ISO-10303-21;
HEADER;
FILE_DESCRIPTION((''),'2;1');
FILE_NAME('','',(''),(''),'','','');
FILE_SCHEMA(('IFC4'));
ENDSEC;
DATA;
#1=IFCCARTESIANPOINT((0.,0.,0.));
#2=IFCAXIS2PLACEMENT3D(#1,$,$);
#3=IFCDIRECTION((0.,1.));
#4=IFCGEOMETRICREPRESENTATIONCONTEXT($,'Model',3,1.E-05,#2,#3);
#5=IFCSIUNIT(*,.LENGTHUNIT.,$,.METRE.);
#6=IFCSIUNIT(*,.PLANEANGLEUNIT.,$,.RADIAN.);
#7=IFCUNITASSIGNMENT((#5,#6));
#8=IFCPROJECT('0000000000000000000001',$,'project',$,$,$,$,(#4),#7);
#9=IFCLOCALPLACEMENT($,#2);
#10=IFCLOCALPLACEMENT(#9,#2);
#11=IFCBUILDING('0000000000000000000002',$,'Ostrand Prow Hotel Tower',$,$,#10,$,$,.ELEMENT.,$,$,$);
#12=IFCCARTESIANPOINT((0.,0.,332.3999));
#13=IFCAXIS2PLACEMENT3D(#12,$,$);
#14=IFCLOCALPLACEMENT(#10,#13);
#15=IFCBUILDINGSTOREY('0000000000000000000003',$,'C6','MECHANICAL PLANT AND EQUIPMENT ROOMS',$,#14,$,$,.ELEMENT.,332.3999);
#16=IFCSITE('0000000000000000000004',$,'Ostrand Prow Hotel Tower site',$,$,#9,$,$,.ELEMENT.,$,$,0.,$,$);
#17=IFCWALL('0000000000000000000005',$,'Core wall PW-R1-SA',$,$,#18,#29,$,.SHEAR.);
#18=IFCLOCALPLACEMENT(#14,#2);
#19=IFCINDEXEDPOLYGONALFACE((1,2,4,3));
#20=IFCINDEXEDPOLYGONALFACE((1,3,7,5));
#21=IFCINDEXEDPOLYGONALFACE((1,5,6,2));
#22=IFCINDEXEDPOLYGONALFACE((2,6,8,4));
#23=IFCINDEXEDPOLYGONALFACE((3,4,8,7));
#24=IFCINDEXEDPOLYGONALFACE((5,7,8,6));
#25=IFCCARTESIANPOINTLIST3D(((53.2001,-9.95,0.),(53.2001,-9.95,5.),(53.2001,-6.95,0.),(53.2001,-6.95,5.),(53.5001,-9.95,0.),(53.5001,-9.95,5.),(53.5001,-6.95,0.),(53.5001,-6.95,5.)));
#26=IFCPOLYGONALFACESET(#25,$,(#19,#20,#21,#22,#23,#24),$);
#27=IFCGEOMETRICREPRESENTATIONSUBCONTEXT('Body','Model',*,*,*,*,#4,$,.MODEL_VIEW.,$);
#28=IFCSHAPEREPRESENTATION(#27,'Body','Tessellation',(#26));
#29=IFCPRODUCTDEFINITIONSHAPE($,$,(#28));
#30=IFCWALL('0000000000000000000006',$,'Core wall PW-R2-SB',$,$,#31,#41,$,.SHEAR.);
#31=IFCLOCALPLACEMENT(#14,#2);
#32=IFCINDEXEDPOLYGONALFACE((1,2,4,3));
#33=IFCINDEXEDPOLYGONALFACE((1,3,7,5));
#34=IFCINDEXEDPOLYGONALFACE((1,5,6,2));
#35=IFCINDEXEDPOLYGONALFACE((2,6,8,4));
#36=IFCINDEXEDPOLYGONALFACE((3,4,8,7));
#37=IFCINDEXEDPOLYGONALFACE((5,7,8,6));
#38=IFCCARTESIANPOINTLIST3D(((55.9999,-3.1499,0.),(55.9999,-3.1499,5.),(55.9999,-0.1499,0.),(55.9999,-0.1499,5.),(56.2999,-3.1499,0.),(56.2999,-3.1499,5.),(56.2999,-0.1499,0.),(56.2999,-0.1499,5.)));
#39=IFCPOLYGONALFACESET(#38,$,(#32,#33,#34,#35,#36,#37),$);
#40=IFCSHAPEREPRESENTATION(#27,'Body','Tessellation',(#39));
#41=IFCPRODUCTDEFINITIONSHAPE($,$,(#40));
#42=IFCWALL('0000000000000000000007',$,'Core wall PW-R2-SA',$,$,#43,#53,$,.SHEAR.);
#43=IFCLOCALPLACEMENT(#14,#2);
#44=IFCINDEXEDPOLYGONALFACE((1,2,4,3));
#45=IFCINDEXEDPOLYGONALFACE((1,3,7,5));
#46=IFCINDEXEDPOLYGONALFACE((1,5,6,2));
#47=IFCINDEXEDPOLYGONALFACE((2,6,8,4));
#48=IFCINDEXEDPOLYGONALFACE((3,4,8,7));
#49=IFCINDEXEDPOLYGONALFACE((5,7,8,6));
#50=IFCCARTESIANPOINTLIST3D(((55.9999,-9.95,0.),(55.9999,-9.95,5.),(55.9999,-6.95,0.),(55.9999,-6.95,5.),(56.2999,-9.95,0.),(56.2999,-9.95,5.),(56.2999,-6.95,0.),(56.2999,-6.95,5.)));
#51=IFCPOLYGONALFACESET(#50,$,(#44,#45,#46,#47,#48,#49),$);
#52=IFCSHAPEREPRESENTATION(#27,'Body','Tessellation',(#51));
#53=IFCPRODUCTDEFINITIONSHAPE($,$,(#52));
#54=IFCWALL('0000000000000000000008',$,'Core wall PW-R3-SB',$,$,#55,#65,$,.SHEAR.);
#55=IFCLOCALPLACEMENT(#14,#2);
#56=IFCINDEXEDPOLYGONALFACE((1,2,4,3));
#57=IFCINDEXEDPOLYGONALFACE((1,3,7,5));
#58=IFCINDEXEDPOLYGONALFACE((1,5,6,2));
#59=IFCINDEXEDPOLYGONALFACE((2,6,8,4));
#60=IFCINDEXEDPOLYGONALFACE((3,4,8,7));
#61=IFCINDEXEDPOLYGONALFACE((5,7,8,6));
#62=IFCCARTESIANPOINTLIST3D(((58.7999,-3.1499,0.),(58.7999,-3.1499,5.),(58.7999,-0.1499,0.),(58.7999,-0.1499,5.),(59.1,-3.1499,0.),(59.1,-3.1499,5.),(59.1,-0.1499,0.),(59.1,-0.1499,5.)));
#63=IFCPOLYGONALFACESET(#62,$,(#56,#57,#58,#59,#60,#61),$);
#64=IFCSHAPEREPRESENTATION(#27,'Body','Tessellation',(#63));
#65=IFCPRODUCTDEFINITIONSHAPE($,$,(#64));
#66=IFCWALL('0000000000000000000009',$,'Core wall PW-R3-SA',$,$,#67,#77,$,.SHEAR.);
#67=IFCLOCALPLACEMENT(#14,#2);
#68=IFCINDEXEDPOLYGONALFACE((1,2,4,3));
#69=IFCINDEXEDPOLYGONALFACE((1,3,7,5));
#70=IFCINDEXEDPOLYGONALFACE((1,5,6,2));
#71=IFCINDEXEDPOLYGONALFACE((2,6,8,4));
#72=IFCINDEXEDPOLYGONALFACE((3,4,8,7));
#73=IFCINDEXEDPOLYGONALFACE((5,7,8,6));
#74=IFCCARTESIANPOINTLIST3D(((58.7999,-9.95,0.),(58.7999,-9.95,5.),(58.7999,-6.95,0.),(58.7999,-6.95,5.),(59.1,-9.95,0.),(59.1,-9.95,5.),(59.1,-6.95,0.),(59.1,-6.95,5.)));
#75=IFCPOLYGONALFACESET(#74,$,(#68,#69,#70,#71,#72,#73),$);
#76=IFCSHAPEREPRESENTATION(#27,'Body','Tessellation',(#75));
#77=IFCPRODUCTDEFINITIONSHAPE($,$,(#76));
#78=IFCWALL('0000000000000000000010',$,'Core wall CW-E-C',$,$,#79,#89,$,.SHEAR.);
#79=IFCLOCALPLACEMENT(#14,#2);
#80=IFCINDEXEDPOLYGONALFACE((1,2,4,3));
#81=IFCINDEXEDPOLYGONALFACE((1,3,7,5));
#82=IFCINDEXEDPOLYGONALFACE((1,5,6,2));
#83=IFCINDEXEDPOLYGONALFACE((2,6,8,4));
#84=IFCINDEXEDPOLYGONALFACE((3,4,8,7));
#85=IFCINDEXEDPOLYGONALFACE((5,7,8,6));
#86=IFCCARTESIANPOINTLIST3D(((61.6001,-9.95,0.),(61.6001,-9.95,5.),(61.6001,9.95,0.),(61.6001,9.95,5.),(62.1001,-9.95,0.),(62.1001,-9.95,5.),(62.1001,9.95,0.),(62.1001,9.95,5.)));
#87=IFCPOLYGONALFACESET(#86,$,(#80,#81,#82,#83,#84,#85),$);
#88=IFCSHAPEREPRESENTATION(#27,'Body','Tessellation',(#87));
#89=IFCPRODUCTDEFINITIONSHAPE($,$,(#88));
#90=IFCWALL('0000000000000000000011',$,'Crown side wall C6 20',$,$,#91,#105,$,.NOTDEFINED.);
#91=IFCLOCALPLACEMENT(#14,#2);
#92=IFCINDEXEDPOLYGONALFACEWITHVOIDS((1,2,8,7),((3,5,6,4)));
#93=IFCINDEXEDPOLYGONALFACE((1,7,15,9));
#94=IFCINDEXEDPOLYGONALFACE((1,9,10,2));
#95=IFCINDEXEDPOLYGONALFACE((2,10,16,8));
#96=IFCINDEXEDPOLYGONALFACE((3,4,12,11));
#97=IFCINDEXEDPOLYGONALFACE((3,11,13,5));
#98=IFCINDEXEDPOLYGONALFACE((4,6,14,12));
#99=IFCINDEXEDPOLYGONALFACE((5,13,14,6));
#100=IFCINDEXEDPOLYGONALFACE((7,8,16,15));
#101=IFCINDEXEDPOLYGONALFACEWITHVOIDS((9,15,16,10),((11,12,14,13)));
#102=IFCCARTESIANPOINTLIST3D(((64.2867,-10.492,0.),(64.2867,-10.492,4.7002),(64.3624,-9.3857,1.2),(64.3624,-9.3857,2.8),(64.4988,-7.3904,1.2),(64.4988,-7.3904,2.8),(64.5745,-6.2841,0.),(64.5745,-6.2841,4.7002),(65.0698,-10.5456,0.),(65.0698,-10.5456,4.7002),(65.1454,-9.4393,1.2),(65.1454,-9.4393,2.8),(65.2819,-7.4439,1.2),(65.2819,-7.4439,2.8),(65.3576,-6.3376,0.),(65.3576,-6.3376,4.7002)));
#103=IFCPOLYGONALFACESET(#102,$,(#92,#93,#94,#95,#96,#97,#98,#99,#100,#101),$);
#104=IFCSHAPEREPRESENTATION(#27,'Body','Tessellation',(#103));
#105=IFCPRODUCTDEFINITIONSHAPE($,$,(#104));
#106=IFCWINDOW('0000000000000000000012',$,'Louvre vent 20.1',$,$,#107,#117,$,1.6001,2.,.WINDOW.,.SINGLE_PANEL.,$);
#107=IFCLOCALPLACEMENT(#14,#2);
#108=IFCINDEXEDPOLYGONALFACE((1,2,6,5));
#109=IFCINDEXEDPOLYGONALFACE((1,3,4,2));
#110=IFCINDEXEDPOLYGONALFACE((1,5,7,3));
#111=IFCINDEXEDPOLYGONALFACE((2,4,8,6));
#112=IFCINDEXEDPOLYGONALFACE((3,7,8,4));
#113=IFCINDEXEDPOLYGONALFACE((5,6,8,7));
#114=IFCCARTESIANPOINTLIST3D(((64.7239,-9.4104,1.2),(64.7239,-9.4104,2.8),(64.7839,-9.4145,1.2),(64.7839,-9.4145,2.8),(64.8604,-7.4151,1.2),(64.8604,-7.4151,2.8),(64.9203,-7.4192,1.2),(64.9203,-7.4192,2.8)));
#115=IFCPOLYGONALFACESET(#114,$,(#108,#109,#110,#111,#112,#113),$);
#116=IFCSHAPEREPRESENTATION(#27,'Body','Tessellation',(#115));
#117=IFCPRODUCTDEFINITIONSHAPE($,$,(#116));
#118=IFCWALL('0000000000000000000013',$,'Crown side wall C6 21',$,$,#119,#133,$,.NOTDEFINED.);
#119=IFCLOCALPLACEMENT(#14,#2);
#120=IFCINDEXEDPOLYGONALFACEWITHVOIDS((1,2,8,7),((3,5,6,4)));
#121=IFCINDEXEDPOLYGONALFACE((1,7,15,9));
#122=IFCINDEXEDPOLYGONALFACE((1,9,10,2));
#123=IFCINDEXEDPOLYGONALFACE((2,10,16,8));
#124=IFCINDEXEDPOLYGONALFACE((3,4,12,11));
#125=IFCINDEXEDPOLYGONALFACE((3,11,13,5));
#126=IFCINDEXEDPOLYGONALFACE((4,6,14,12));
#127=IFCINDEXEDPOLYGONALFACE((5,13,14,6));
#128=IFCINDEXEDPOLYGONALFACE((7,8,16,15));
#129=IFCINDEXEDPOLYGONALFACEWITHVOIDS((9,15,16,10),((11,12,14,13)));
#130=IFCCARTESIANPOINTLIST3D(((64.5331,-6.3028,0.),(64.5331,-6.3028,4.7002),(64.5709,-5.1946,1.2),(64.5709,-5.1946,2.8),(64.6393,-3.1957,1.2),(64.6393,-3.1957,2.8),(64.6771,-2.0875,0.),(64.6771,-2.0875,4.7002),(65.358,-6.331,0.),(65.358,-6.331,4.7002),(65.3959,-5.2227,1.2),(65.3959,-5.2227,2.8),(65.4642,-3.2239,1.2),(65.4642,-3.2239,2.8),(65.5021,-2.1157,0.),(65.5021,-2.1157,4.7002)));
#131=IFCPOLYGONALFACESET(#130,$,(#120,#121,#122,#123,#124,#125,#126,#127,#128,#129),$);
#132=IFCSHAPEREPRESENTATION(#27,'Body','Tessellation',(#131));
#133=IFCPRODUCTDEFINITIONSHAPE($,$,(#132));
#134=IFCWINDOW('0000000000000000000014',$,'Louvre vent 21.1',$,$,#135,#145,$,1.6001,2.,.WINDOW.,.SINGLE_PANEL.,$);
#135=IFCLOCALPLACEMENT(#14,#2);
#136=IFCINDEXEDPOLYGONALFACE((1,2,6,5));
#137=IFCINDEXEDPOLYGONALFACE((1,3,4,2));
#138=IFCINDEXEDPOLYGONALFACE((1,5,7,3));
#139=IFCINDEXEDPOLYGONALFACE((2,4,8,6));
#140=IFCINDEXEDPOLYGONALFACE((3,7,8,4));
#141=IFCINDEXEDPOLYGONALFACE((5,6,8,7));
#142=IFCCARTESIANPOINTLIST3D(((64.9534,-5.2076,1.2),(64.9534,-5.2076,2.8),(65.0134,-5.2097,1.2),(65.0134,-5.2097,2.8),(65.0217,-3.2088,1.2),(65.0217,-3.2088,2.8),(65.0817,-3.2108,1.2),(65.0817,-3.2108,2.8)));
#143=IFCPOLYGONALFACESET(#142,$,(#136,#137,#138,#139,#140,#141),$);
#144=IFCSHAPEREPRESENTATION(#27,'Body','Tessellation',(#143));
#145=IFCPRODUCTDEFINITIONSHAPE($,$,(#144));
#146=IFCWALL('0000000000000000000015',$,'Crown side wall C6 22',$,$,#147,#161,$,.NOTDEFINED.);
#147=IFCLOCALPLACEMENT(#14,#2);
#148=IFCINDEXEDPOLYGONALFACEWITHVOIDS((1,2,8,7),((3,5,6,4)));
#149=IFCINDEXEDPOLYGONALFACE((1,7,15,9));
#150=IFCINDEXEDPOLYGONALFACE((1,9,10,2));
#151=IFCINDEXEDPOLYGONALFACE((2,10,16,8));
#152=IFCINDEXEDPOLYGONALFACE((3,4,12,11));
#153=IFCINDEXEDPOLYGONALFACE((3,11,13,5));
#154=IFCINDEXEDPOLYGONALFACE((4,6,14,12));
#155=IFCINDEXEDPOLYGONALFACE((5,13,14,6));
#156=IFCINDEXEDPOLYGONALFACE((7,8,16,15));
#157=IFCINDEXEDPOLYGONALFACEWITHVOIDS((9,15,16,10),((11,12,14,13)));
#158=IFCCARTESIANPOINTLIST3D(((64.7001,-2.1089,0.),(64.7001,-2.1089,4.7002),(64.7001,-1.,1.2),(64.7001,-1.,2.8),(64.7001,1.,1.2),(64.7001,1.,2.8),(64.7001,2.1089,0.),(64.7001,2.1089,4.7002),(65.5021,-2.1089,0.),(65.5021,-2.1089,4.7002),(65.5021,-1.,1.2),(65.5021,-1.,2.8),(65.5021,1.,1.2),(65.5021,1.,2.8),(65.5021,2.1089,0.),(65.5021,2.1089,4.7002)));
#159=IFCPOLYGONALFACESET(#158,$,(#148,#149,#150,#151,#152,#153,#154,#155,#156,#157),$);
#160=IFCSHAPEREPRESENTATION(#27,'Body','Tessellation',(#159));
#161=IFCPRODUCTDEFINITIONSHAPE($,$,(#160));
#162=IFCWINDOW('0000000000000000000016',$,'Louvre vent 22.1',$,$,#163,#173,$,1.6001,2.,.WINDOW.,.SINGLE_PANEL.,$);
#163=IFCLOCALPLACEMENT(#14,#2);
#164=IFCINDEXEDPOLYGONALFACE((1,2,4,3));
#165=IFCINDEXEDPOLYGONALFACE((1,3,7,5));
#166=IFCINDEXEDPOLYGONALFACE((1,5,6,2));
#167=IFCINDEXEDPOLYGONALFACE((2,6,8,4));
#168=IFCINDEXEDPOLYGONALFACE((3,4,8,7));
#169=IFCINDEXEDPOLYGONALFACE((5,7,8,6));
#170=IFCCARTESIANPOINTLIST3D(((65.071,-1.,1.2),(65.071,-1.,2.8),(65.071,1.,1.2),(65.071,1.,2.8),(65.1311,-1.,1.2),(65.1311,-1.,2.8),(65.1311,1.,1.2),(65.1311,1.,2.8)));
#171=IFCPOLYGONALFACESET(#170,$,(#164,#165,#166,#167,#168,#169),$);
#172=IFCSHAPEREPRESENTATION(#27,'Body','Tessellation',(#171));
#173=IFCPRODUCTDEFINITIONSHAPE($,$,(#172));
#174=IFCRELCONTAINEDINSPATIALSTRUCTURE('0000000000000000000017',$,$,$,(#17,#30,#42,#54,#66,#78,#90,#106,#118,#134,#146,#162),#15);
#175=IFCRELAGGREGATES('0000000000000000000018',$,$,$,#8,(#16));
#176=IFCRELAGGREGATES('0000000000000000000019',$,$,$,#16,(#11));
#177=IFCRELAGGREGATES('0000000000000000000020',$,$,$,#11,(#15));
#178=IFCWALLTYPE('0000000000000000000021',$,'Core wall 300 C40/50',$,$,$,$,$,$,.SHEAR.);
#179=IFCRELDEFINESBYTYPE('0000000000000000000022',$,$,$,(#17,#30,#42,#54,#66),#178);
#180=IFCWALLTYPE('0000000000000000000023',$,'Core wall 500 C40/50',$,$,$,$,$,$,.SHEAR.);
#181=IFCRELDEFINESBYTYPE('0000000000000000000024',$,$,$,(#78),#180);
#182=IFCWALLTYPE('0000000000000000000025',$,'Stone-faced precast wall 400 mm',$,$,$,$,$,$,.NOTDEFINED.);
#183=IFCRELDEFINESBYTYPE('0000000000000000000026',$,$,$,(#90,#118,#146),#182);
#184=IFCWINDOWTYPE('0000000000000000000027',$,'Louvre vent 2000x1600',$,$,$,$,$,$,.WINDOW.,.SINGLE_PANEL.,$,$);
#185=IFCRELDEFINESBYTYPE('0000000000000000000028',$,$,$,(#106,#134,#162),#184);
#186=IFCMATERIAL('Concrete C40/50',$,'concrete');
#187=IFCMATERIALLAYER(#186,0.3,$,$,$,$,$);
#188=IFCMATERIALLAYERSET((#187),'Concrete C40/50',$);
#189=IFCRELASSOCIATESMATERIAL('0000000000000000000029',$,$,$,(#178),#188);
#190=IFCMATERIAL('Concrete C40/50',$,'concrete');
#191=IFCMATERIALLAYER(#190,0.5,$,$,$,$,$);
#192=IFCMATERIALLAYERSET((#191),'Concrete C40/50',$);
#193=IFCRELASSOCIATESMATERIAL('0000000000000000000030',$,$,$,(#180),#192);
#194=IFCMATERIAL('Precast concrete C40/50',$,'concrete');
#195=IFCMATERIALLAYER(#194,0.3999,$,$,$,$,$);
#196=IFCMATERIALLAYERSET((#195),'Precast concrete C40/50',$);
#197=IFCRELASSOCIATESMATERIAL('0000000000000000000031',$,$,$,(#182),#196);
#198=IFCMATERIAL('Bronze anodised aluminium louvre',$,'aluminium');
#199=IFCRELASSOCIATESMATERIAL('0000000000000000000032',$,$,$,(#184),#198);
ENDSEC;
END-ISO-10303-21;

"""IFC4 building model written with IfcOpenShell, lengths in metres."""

from ifc_helpers import new_model, si_unit, direction, frame, frame_2d, origin, place, context, subcontext, project, spatial, rectangle, extrude, material, layer, layer_set, type_object, element, fill, save


model = new_model("IFC4")

# Units and contexts
model_context = context("Model", 3, precision=1e-05, world=origin(), true_north=direction((0.0, 1.0)))
body_context = subcontext(model_context, "Body", "Model", "MODEL_VIEW")
ifc_project = project(units=[si_unit("LENGTHUNIT", "METRE"), si_unit("PLANEANGLEUNIT", "RADIAN")], contexts=[model_context])

# Site, building, storey
site_placement = place(None, origin())
site = spatial("IfcSite", under=ifc_project, at=site_placement, Name="Ostrand Prow Hotel Tower site", CompositionType="ELEMENT", RefElevation=0.0)
building_placement = place(site_placement, origin())
building = spatial("IfcBuilding", under=site, at=building_placement, Name="Ostrand Prow Hotel Tower", CompositionType="ELEMENT")
storey_placement = place(building_placement, frame((0.0, 0.0, 332.3999)))
storey = spatial("IfcBuildingStorey", under=building, at=storey_placement, Name="C6", Description="MECHANICAL PLANT AND EQUIPMENT ROOMS", CompositionType="ELEMENT", Elevation=332.3999)

# Shared definitions
ifc_material_1 = material(Name="Concrete C40/50", Category="concrete")
ifc_layer_1 = layer(ifc_material_1, 0.3)
ifc_layer_set_1 = layer_set([ifc_layer_1], Name="Concrete C40/50")
wall_type_1 = type_object("IfcWallType", Name="Core wall 300 C40/50", PredefinedType="SHEAR", material=ifc_layer_set_1)

# Walls
for number, where, z_axis, x_axis, name in (
    (1, (53.3501, -9.95, 0.0), (0.0, 0.0, 1.0), (0.0, 1.0, 0.0), "Core wall PW-R1-SA"),
    (2, (56.1499, -3.1499, 0.0), (0.0, 0.0, 1.0), (0.0, 1.0, 0.0), "Core wall PW-R2-SB"),
    (3, (56.1499, -9.95, 0.0), (0.0, 0.0, 1.0), (0.0, 1.0, 0.0), "Core wall PW-R2-SA"),
    (4, (58.95, -3.1499, 0.0), (0.0, 0.0, 1.0), (0.0, 1.0, 0.0), "Core wall PW-R3-SB"),
    (5, (58.95, -9.95, 0.0), (0.0, 0.0, 1.0), (0.0, 1.0, 0.0), "Core wall PW-R3-SA"),
):
    element("IfcWall", number, at=place(storey_placement, frame(where, z_axis=z_axis, x_axis=x_axis)), inside=storey, type_object=wall_type_1, Name=name, PredefinedType="SHEAR", context=body_context, shape_type="SweptSolid", body=[
        extrude(rectangle(XDim=3.0, YDim=0.3, at=frame_2d((1.5, 0.0))), origin(), (0.0, 0.0, 1.0), 5.0),
    ])
ifc_material_2 = material(Name="Concrete C40/50", Category="concrete")
ifc_layer_2 = layer(ifc_material_2, 0.5)
ifc_layer_set_2 = layer_set([ifc_layer_2], Name="Concrete C40/50")
wall_type_2 = type_object("IfcWallType", Name="Core wall 500 C40/50", PredefinedType="SHEAR", material=ifc_layer_set_2)
wall_1_placement = place(storey_placement, frame((61.8501, -9.95, 0.0), z_axis=(0.0, 0.0, 1.0), x_axis=(0.0, 1.0, 0.0)))
element("IfcWall", 6, at=wall_1_placement, inside=storey, type_object=wall_type_2, Name="Core wall CW-E-C", PredefinedType="SHEAR", context=body_context, shape_type="SweptSolid", body=[
    extrude(rectangle(XDim=19.8999, YDim=0.5, at=frame_2d((9.95, 0.0))), origin(), (0.0, 0.0, 1.0), 5.0),
])

# Walls, openings, windows
ifc_material_3 = material(Name="Precast concrete C40/50", Category="concrete")
ifc_layer_3 = layer(ifc_material_3, 0.3999)
ifc_layer_set_3 = layer_set([ifc_layer_3], Name="Precast concrete C40/50")
wall_type_3 = type_object("IfcWallType", Name="Stone-faced precast wall 400 mm", PredefinedType="NOTDEFINED", material=ifc_layer_set_3)
wall_2_placement = place(storey_placement, frame((64.6782, -10.5188, 0.0), z_axis=(0.0, 0.0, 1.0), x_axis=(0.068244, 0.997669, 0.0)))
wall_2 = element("IfcWall", 7, at=wall_2_placement, inside=storey, type_object=wall_type_3, Name="Crown side wall C6 20", PredefinedType="NOTDEFINED", context=body_context, shape_type="SweptSolid", body=[
    extrude(rectangle(XDim=4.2178, YDim=0.7849, at=frame_2d((2.1089, 0.0))), origin(), (0.0, 0.0, 1.0), 4.7002),
])
opening_1_placement = place(wall_2_placement, frame((1.1089, 0.0, 1.2)))
opening_1 = element("IfcOpeningElement", 8, at=opening_1_placement, cuts=wall_2, PredefinedType="OPENING", context=body_context, shape_type="SweptSolid", body=[
    extrude(rectangle(XDim=2.0, YDim=1.6001, at=frame_2d((1.0, 0.8))), frame((0.0, 0.4023, 0.0), z_axis=(0.0, -1.0, 0.0), x_axis=(1.0, 0.0, 0.0)), (0.0, 0.0, 1.0), 0.8049),
])
ifc_material_4 = material(Name="Bronze anodised aluminium louvre", Category="aluminium")
window_type = type_object("IfcWindowType", Name="Louvre vent 2000x1600", PartitioningType="SINGLE_PANEL", PredefinedType="WINDOW", material=ifc_material_4)
window_1_placement = place(opening_1_placement, origin())
window_1 = element("IfcWindow", 9, at=window_1_placement, inside=storey, type_object=window_type, Name="Louvre vent 20.1", OverallHeight=1.6001, OverallWidth=2.0, PartitioningType="SINGLE_PANEL", PredefinedType="WINDOW", context=body_context, shape_type="SweptSolid", body=[
    extrude(rectangle(XDim=2.0, YDim=1.6001, at=frame_2d((1.0, 0.8))), frame((0.0, 0.03, 0.0), z_axis=(0.0, -1.0, 0.0), x_axis=(1.0, 0.0, 0.0)), (0.0, 0.0, 1.0), 0.0601),
])
fill(opening_1, window_1)
wall_3_placement = place(storey_placement, frame((64.9456, -6.3169, 0.0), z_axis=(0.0, 0.0, 1.0), x_axis=(0.034151, 0.999417, 0.0)))
wall_3 = element("IfcWall", 10, at=wall_3_placement, inside=storey, type_object=wall_type_3, Name="Crown side wall C6 21", PredefinedType="NOTDEFINED", context=body_context, shape_type="SweptSolid", body=[
    extrude(rectangle(XDim=4.2178, YDim=0.8254, at=frame_2d((2.1089, 0.0))), origin(), (0.0, 0.0, 1.0), 4.7002),
])
opening_2_placement = place(wall_3_placement, frame((1.1089, 0.0, 1.2)))
opening_2 = element("IfcOpeningElement", 11, at=opening_2_placement, cuts=wall_3, PredefinedType="OPENING", context=body_context, shape_type="SweptSolid", body=[
    extrude(rectangle(XDim=2.0, YDim=1.6001, at=frame_2d((1.0, 0.8))), frame((0.0, 0.4226, 0.0), z_axis=(0.0, -1.0, 0.0), x_axis=(1.0, 0.0, 0.0)), (0.0, 0.0, 1.0), 0.8455),
])
window_2_placement = place(opening_2_placement, origin())
window_2 = element("IfcWindow", 12, at=window_2_placement, inside=storey, type_object=window_type, Name="Louvre vent 21.1", OverallHeight=1.6001, OverallWidth=2.0, PartitioningType="SINGLE_PANEL", PredefinedType="WINDOW", context=body_context, shape_type="SweptSolid", body=[
    extrude(rectangle(XDim=2.0, YDim=1.6001, at=frame_2d((1.0, 0.8))), frame((0.0, 0.03, 0.0), z_axis=(0.0, -1.0, 0.0), x_axis=(1.0, 0.0, 0.0)), (0.0, 0.0, 1.0), 0.0601),
])
fill(opening_2, window_2)
wall_4_placement = place(storey_placement, frame((65.1011, -2.1089, 0.0), z_axis=(0.0, 0.0, 1.0), x_axis=(0.0, 1.0, 0.0)))
wall_4 = element("IfcWall", 13, at=wall_4_placement, inside=storey, type_object=wall_type_3, Name="Crown side wall C6 22", PredefinedType="NOTDEFINED", context=body_context, shape_type="SweptSolid", body=[
    extrude(rectangle(XDim=4.2178, YDim=0.802, at=frame_2d((2.1089, 0.0))), origin(), (0.0, 0.0, 1.0), 4.7002),
])
opening_3_placement = place(wall_4_placement, frame((1.1089, 0.0, 1.2)))
opening_3 = element("IfcOpeningElement", 14, at=opening_3_placement, cuts=wall_4, PredefinedType="OPENING", context=body_context, shape_type="SweptSolid", body=[
    extrude(rectangle(XDim=2.0, YDim=1.6001, at=frame_2d((1.0, 0.8))), frame((0.0, 0.4109, 0.0), z_axis=(0.0, -1.0, 0.0), x_axis=(1.0, 0.0, 0.0)), (0.0, 0.0, 1.0), 0.822),
])
window_3_placement = place(opening_3_placement, origin())
window_3 = element("IfcWindow", 15, at=window_3_placement, inside=storey, type_object=window_type, Name="Louvre vent 22.1", OverallHeight=1.6001, OverallWidth=2.0, PartitioningType="SINGLE_PANEL", PredefinedType="WINDOW", context=body_context, shape_type="SweptSolid", body=[
    extrude(rectangle(XDim=2.0, YDim=1.6001, at=frame_2d((1.0, 0.8))), frame((0.0, 0.03, 0.0), z_axis=(0.0, -1.0, 0.0), x_axis=(1.0, 0.0, 0.0)), (0.0, 0.0, 1.0), 0.0601),
])
fill(opening_3, window_3)

save(model, "model.ifc")
